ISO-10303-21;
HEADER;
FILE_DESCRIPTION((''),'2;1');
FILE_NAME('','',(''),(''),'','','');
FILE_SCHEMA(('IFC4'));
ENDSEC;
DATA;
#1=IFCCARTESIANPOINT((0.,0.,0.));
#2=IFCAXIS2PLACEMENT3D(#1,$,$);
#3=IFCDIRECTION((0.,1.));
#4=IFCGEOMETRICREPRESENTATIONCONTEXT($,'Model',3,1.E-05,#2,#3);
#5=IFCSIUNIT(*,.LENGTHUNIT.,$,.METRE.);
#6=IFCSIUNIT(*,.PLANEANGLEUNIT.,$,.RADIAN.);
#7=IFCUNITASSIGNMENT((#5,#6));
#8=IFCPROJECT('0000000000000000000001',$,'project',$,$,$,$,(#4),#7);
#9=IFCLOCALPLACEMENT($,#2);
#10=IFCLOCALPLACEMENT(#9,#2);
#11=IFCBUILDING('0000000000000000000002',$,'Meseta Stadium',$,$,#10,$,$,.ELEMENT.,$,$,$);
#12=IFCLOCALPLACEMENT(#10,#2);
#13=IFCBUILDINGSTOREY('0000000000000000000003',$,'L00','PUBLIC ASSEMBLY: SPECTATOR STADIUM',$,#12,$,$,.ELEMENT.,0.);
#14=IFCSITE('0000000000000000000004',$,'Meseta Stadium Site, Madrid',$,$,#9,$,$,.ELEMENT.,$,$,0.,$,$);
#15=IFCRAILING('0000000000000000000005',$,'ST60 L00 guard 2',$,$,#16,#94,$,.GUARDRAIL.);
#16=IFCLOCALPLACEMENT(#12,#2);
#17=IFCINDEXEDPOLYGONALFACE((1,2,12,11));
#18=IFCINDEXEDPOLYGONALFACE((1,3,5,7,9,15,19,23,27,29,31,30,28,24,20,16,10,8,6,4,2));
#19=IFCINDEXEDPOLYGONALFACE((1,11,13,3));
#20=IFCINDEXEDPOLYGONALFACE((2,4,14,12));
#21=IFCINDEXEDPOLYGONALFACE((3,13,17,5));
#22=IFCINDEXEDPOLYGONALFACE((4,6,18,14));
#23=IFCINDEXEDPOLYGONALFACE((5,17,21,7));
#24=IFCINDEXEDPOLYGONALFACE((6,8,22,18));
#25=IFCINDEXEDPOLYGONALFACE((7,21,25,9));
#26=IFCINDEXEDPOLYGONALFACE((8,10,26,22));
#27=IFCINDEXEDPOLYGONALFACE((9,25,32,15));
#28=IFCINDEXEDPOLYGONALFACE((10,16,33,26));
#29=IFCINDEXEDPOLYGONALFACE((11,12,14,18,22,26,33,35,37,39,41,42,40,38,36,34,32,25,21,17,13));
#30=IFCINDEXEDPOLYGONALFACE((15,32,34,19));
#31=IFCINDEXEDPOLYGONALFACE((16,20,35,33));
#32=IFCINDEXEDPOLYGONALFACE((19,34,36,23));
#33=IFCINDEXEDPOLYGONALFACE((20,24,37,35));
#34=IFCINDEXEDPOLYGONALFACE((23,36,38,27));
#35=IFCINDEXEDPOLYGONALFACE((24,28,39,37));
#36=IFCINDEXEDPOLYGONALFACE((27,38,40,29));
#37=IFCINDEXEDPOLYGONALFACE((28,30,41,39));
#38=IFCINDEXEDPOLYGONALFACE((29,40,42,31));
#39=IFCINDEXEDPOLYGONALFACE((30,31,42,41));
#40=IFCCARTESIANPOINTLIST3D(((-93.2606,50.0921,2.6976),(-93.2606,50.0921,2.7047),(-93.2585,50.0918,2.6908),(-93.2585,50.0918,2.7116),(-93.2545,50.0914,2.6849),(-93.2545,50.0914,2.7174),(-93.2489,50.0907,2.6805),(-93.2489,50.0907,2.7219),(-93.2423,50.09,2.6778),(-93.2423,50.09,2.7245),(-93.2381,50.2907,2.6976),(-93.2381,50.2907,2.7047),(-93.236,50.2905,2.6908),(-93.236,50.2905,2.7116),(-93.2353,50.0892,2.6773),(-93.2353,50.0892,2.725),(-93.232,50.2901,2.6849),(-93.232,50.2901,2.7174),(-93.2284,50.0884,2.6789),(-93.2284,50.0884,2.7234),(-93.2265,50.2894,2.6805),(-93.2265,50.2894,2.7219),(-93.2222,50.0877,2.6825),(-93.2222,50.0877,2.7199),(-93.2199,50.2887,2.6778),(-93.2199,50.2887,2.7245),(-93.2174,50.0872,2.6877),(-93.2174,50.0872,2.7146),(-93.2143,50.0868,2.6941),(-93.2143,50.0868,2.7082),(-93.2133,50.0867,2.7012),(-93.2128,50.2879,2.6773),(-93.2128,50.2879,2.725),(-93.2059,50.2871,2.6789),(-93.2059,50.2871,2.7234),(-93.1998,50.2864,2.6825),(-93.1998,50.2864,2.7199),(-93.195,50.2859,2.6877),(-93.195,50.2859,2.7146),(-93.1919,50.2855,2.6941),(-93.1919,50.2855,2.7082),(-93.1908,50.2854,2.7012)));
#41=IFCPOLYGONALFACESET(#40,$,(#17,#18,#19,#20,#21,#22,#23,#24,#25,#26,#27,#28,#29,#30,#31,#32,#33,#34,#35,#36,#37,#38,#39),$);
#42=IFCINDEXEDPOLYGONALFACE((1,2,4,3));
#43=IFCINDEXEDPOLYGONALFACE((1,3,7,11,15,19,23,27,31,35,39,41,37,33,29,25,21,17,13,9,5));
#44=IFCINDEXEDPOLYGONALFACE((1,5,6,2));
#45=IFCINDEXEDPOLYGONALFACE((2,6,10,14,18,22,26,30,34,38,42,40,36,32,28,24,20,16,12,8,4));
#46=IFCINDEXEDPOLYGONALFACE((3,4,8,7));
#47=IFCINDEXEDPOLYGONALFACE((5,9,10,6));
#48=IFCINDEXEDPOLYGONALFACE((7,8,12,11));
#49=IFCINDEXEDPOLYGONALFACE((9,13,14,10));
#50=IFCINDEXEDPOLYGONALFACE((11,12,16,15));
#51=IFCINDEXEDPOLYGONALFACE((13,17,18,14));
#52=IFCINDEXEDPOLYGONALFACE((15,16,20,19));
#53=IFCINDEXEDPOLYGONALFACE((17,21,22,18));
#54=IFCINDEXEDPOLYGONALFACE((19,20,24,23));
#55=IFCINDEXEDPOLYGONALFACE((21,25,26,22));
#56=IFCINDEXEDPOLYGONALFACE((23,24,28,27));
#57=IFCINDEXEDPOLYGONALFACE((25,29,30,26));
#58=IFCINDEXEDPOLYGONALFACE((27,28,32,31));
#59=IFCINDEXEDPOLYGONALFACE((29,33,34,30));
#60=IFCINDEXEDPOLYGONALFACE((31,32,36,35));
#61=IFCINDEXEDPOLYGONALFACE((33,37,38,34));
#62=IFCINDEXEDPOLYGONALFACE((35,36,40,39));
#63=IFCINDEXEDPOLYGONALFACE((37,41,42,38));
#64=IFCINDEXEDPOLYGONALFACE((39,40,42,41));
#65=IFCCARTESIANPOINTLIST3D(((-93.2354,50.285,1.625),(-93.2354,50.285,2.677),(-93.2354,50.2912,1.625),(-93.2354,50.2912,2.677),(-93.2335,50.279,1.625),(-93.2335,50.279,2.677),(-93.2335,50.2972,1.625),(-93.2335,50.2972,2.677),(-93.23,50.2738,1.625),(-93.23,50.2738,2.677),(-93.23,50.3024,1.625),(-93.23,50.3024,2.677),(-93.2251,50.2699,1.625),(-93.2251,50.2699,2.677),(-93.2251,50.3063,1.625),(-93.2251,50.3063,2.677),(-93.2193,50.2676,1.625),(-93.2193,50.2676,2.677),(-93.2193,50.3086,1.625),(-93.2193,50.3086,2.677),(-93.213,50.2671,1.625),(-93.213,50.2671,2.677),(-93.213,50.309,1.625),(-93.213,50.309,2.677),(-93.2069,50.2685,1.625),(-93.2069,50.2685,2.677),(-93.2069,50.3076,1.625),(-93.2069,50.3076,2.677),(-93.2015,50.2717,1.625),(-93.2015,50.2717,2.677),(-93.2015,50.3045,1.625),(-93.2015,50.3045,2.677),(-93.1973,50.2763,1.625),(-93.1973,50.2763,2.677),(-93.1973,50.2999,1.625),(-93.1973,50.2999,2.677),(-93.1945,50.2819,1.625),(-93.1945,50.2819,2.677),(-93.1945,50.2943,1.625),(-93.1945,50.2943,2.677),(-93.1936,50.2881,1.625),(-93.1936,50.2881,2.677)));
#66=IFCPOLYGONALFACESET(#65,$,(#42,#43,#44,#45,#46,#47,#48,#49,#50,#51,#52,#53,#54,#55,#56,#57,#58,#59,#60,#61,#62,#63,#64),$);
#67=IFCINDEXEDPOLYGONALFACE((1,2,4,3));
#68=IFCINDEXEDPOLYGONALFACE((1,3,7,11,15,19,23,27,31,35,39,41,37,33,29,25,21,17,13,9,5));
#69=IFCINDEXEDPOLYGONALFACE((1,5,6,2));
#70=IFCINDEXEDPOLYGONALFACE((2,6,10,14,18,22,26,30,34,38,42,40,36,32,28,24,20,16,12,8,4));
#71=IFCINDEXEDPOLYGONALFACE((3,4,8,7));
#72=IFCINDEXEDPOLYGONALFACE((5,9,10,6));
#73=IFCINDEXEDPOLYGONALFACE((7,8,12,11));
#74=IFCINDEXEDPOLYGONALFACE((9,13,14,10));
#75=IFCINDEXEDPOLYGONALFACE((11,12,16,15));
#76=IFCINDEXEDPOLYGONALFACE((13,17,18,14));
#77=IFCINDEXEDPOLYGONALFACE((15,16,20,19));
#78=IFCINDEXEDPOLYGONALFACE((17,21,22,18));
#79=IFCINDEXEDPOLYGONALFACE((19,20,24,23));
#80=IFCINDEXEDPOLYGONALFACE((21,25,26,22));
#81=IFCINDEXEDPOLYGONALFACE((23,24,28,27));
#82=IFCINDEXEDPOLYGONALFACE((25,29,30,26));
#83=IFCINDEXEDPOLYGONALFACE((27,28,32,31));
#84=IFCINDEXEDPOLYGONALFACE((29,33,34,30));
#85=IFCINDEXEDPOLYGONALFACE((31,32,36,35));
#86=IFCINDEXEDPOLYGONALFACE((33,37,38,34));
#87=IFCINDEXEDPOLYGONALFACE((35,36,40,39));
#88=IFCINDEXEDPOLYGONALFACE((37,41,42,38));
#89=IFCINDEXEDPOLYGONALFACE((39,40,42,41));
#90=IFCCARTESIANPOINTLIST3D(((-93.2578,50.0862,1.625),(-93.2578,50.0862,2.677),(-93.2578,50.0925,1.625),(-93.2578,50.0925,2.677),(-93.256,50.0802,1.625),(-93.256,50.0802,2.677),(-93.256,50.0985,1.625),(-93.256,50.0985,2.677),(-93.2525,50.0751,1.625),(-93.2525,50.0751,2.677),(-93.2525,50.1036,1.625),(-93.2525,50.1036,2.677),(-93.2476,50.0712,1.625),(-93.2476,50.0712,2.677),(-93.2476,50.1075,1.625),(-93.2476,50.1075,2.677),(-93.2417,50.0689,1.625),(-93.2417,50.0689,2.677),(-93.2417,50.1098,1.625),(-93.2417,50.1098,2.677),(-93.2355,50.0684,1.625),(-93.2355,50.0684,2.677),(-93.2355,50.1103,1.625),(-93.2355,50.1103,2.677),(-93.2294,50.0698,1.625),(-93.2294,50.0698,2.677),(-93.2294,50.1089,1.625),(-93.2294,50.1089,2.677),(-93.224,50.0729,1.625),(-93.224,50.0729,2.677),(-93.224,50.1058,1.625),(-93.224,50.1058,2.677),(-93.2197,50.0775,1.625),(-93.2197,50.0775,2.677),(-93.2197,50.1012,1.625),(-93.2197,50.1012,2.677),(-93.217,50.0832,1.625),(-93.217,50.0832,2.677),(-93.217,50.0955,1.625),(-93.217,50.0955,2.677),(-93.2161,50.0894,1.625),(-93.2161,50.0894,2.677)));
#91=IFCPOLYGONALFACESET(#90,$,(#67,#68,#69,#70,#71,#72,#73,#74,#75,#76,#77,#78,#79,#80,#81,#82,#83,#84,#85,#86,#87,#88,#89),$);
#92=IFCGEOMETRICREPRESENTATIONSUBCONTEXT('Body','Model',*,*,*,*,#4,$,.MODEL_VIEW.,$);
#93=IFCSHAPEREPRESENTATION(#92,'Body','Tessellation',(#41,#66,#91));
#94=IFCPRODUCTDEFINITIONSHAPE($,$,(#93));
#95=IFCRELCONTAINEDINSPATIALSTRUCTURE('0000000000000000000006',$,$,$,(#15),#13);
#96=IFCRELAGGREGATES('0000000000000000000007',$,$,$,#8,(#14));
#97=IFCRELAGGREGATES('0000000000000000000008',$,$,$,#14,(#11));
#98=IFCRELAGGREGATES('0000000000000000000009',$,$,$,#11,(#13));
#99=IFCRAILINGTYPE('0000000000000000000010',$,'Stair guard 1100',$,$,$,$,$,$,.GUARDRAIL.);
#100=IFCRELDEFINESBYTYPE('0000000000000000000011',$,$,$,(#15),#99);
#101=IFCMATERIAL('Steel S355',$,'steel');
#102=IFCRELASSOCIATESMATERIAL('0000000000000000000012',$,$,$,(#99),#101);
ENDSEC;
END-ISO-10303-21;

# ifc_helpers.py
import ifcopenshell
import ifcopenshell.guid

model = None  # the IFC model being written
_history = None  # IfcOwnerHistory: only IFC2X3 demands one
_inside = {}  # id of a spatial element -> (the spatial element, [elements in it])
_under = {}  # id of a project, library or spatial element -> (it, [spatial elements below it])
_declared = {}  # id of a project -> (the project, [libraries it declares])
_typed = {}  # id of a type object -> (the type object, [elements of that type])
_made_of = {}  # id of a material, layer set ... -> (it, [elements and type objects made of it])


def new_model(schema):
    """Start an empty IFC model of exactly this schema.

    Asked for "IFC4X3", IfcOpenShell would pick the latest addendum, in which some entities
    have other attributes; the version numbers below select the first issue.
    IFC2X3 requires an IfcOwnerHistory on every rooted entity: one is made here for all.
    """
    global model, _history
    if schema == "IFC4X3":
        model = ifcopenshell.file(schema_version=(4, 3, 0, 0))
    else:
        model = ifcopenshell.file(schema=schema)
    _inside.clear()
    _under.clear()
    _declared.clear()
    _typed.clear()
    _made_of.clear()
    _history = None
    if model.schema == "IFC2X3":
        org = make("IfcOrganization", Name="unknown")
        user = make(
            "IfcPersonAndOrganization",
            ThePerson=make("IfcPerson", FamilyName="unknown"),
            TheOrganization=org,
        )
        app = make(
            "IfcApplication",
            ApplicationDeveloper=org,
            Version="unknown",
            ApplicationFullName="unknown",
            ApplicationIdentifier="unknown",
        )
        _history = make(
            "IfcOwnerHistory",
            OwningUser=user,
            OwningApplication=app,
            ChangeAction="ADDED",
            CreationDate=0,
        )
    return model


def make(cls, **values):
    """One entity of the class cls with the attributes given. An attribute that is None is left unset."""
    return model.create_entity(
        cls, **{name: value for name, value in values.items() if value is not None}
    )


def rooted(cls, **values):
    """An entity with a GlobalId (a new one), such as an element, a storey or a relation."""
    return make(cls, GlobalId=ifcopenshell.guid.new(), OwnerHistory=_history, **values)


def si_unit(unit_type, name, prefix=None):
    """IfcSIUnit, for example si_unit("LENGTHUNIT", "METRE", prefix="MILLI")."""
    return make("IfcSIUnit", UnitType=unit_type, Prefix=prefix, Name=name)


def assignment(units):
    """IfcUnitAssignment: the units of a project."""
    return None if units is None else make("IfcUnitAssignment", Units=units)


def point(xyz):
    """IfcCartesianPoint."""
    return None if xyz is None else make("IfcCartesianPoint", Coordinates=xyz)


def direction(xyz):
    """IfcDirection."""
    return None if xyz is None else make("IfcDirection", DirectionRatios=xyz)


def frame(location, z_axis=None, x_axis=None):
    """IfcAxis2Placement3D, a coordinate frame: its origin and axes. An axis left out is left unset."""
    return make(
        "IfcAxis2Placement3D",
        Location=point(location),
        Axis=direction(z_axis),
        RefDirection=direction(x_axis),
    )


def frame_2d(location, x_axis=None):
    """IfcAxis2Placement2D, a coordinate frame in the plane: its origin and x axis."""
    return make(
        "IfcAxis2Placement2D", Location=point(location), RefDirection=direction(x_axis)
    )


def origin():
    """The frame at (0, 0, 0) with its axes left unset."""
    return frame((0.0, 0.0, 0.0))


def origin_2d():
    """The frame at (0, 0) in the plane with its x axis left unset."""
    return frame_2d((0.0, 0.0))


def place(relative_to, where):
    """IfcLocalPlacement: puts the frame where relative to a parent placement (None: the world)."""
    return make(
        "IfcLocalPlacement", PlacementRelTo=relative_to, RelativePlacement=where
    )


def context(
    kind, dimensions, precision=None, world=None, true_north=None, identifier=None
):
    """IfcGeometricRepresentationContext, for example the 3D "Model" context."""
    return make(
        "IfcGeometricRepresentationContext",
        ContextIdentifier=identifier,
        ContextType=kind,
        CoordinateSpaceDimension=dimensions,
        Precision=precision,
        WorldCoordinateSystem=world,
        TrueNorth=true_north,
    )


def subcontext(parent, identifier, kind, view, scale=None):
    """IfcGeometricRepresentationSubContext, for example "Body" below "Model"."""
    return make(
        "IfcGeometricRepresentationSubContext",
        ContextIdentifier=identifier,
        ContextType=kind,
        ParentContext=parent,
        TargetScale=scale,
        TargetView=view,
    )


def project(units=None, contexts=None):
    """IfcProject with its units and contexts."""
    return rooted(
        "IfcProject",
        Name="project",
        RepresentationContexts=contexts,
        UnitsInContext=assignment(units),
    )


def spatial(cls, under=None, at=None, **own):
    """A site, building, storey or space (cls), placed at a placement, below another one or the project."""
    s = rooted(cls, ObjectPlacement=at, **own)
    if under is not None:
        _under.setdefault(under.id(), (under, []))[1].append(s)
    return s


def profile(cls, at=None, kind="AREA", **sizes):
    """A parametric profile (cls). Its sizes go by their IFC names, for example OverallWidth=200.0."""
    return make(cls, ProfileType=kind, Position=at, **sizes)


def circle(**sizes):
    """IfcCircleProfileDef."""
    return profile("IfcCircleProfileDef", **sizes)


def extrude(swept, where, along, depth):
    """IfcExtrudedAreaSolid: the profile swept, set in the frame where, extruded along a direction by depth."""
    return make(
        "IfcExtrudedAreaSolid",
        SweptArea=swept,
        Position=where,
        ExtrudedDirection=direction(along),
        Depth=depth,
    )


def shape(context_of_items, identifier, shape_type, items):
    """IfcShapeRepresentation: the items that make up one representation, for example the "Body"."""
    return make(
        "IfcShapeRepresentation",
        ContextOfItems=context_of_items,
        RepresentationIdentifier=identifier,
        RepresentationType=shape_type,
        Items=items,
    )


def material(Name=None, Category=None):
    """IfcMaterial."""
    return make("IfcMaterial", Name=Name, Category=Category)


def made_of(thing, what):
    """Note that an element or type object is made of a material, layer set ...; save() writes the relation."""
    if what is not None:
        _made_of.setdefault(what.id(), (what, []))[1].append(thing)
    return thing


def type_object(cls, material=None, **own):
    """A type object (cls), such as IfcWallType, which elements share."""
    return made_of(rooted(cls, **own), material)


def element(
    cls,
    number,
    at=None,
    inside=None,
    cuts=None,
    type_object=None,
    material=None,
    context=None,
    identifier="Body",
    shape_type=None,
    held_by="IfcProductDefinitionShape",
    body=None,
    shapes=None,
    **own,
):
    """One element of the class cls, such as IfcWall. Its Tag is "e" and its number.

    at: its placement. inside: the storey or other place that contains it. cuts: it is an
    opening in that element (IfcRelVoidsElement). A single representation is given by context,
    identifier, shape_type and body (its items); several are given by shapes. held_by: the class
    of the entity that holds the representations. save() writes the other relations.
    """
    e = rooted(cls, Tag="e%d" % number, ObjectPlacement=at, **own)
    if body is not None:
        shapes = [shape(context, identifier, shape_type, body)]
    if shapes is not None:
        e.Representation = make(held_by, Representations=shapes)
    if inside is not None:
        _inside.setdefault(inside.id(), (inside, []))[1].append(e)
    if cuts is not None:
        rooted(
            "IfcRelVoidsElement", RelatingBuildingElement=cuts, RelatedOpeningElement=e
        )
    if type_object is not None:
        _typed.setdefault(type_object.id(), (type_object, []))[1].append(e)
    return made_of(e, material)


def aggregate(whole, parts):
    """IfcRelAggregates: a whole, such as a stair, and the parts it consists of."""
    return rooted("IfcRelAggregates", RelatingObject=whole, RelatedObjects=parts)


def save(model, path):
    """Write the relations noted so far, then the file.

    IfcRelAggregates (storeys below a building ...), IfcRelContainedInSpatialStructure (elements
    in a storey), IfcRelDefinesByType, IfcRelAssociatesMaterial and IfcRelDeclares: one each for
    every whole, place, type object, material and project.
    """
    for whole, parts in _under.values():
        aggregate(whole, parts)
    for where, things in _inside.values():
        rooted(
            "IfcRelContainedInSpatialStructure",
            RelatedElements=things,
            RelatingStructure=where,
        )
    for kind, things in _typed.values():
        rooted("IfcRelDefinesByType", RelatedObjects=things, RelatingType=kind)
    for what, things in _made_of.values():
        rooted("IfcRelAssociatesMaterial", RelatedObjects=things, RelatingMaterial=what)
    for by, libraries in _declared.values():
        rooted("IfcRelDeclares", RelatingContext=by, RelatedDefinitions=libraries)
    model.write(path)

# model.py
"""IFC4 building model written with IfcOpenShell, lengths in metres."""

from ifc_helpers import new_model, si_unit, direction, frame, origin, origin_2d, place, context, subcontext, project, spatial, circle, extrude, material, type_object, element, save


model = new_model("IFC4")

# Units and contexts
model_context = context("Model", 3, precision=1e-05, world=origin(), true_north=direction((0.0, 1.0)))
body_context = subcontext(model_context, "Body", "Model", "MODEL_VIEW")
ifc_project = project(units=[si_unit("LENGTHUNIT", "METRE"), si_unit("PLANEANGLEUNIT", "RADIAN")], contexts=[model_context])

# Site, building, storey
site_placement = place(None, origin())
site = spatial("IfcSite", under=ifc_project, at=site_placement, Name="Meseta Stadium Site, Madrid", CompositionType="ELEMENT", RefElevation=0.0)
building_placement = place(site_placement, origin())
building = spatial("IfcBuilding", under=site, at=building_placement, Name="Meseta Stadium", CompositionType="ELEMENT")
storey_placement = place(building_placement, origin())
storey = spatial("IfcBuildingStorey", under=building, at=storey_placement, Name="L00", Description="PUBLIC ASSEMBLY: SPECTATOR STADIUM", CompositionType="ELEMENT", Elevation=0.0)

# Railing
ifc_material_1 = material(Name="Steel S355", Category="steel")
railing_type_1 = type_object("IfcRailingType", Name="Stair guard 1100", PredefinedType="GUARDRAIL", material=ifc_material_1)
railing_1_placement = place(storey_placement, frame((-93.2146, 50.2881, 1.625)))
element("IfcRailing", 1, at=railing_1_placement, inside=storey, type_object=railing_type_1, Name="ST60 L00 guard 2", PredefinedType="GUARDRAIL", context=body_context, shape_type="SweptSolid", body=[
    extrude(circle(Radius=0.0239, at=origin_2d()), frame((0.0, 0.0, 1.0762), z_axis=(-0.112307, -0.993674, 0.0), x_axis=(0.993674, -0.112307, 0.0)), (0.0, 0.0, 1.0), 0.2),
    extrude(circle(Radius=0.021, at=origin_2d()), origin(), (0.0, 0.0, 1.0), 1.052),
    extrude(circle(Radius=0.021, at=origin_2d()), frame((-0.0225, -0.1987, 0.0)), (0.0, 0.0, 1.0), 1.052),
])

save(model, "model.ifc")
